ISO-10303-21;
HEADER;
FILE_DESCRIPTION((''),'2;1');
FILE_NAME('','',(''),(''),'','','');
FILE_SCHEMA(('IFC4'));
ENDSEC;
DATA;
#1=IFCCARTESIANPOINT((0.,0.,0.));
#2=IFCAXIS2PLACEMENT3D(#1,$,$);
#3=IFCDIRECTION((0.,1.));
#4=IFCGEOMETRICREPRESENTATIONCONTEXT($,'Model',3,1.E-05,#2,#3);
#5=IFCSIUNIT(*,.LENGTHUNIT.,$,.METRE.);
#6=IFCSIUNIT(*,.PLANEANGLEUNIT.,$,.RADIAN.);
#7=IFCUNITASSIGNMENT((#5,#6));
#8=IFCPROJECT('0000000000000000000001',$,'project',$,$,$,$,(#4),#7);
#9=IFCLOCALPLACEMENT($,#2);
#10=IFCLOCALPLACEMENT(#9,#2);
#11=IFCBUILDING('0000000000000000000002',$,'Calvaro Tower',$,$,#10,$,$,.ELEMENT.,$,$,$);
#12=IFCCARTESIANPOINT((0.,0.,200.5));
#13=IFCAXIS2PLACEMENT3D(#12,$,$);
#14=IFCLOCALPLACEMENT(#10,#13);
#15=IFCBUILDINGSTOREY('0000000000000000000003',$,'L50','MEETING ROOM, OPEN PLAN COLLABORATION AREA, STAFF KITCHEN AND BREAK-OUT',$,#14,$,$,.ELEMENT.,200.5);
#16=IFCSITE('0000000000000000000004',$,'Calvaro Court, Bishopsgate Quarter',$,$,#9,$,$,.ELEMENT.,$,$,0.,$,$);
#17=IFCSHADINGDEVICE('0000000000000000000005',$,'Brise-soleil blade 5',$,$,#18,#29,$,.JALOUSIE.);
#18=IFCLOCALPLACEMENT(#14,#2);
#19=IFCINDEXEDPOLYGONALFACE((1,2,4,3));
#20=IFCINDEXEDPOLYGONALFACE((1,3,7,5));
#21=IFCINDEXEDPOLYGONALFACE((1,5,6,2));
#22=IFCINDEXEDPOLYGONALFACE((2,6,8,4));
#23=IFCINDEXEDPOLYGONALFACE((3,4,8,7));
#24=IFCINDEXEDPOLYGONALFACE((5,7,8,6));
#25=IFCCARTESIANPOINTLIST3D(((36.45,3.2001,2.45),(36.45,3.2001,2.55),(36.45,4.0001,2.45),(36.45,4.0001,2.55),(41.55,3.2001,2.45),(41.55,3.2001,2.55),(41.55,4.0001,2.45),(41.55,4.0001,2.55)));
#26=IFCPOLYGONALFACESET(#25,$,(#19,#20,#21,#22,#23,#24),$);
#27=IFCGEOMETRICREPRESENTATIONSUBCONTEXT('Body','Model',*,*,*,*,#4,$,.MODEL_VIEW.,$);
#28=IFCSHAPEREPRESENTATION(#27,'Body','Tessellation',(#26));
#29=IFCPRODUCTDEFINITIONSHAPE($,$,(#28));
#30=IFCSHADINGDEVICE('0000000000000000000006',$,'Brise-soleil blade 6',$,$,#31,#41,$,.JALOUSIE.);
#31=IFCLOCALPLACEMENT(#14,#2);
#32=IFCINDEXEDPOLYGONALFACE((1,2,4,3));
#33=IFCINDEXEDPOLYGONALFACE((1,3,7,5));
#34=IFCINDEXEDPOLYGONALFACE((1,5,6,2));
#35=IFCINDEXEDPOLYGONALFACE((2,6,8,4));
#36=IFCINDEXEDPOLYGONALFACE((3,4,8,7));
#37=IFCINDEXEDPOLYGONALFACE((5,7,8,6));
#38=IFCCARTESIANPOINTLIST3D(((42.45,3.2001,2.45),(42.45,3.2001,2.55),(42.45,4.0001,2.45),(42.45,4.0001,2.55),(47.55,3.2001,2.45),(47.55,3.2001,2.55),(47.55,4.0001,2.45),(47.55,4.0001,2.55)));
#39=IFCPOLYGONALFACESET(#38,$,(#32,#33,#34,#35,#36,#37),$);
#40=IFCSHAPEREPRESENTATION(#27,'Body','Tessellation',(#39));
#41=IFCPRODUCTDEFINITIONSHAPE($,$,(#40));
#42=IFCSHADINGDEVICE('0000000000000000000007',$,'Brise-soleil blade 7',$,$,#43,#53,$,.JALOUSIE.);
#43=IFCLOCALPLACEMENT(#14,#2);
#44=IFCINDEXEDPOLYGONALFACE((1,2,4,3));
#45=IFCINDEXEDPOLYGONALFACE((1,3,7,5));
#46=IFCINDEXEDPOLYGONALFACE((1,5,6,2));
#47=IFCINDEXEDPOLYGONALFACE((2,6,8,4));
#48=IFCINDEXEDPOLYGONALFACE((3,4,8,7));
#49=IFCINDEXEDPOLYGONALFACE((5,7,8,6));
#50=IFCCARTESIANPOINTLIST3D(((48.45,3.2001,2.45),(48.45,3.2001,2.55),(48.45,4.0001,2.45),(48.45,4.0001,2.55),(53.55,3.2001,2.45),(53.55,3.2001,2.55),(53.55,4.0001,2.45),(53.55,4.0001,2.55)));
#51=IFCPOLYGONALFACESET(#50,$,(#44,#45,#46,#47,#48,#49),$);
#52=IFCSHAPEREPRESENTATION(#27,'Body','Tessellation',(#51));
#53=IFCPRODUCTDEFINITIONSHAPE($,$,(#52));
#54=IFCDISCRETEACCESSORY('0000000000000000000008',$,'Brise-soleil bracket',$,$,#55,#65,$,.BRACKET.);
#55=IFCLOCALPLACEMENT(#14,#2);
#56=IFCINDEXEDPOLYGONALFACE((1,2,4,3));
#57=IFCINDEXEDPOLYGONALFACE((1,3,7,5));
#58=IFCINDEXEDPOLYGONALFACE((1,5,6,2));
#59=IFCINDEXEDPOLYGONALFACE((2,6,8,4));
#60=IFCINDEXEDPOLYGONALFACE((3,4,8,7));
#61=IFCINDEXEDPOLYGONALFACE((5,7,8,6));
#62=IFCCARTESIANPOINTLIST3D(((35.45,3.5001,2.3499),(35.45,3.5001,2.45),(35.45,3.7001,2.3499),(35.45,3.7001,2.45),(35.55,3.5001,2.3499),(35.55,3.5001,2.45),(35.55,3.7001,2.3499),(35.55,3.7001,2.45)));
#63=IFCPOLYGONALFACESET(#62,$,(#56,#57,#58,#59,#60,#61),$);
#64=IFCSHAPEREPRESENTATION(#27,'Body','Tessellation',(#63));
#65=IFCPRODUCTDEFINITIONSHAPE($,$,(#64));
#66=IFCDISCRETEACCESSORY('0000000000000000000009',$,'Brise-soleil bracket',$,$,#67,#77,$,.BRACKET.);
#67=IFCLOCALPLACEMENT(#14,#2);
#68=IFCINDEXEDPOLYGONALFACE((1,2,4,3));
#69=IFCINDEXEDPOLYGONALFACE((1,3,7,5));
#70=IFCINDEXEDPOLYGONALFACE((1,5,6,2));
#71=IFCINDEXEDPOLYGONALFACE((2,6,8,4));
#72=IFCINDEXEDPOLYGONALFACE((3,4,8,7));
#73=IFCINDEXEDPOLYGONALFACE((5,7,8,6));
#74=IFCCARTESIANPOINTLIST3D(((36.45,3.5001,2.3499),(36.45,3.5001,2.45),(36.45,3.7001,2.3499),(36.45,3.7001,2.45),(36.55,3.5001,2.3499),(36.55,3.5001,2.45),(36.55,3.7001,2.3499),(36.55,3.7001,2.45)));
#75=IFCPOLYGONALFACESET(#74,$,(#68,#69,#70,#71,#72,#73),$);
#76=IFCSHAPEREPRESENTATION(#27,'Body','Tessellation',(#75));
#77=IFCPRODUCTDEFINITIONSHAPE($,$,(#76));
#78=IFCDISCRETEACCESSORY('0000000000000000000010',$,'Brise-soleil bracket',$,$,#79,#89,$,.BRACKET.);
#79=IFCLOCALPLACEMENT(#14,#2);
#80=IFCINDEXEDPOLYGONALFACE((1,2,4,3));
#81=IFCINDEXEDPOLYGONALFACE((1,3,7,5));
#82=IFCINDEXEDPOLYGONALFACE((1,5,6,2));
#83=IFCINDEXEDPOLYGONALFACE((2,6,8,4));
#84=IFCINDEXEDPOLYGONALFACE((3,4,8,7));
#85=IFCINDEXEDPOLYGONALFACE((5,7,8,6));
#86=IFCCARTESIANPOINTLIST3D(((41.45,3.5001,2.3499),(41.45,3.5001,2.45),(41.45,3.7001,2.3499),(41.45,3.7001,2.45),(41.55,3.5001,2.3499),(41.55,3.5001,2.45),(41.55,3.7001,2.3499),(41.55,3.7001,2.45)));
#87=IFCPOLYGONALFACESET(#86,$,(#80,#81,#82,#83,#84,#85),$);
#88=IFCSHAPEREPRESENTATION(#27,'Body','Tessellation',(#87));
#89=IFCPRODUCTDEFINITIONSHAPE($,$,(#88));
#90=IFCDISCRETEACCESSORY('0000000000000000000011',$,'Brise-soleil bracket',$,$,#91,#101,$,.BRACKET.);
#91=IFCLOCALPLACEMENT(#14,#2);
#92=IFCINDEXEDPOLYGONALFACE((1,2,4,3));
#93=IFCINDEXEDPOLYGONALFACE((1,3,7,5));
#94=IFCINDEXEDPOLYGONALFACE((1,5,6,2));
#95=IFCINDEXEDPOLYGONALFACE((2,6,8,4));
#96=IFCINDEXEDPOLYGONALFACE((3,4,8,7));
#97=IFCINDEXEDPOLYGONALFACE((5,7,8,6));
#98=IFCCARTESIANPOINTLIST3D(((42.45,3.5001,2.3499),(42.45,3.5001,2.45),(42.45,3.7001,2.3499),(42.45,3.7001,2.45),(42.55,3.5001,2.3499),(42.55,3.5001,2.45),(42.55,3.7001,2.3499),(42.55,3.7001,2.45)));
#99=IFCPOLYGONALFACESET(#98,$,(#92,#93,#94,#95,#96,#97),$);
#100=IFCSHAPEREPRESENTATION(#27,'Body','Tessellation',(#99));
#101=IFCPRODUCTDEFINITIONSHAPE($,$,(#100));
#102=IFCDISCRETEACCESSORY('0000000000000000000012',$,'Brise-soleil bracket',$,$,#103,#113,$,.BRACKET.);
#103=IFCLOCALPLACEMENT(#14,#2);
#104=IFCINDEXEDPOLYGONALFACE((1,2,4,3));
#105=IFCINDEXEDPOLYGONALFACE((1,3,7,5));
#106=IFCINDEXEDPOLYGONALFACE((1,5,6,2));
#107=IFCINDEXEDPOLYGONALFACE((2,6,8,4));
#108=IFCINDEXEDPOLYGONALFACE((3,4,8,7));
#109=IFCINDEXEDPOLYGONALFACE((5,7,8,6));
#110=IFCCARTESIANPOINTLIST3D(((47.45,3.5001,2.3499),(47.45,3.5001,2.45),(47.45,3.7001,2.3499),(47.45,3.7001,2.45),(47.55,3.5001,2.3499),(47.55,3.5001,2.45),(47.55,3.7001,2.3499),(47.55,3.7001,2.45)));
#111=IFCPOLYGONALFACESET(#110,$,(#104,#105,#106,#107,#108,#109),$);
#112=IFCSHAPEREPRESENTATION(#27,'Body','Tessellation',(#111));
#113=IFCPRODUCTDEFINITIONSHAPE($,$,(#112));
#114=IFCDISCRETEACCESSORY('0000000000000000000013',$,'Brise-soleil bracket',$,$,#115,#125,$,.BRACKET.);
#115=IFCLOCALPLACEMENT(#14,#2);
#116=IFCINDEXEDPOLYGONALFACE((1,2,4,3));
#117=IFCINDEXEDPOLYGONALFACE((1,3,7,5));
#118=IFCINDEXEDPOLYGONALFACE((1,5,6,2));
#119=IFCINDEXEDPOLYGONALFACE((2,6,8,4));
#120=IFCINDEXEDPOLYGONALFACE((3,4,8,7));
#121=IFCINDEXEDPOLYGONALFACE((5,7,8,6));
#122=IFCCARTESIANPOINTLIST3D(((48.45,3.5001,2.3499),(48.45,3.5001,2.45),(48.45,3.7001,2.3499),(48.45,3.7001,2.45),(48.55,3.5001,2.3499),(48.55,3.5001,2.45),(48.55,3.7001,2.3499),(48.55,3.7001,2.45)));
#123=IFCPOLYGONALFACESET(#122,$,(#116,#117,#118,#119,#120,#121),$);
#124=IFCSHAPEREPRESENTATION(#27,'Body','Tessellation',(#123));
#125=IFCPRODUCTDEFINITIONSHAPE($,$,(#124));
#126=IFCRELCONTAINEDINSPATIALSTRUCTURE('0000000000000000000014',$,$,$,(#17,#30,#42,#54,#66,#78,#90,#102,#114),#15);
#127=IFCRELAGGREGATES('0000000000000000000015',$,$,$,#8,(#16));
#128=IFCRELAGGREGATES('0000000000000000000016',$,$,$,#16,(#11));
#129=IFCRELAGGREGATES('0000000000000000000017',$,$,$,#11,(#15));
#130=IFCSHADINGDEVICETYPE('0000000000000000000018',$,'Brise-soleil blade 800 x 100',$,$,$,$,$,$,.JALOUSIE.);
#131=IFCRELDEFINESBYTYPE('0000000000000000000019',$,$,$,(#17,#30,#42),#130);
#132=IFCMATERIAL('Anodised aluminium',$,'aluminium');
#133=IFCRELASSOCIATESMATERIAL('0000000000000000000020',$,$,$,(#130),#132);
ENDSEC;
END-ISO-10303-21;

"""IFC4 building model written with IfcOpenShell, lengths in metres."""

from ifc_helpers import new_model, si_unit, direction, frame, origin, origin_2d, place, context, subcontext, project, spatial, rectangle, extrude, material, material_profile, profile_set, type_object, element, save


model = new_model("IFC4")

# Units and contexts
model_context = context("Model", 3, precision=1e-05, world=origin(), true_north=direction((0.0, 1.0)))
body_context = subcontext(model_context, "Body", "Model", "MODEL_VIEW")
ifc_project = project(units=[si_unit("LENGTHUNIT", "METRE"), si_unit("PLANEANGLEUNIT", "RADIAN")], contexts=[model_context])

# Site, building, storey
site_placement = place(None, origin())
site = spatial("IfcSite", under=ifc_project, at=site_placement, Name="Calvaro Court, Bishopsgate Quarter", CompositionType="ELEMENT", RefElevation=0.0)
building_placement = place(site_placement, origin())
building = spatial("IfcBuilding", under=site, at=building_placement, Name="Calvaro Tower", CompositionType="ELEMENT")
storey_placement = place(building_placement, frame((0.0, 0.0, 200.5)))
storey = spatial("IfcBuildingStorey", under=building, at=storey_placement, Name="L50", Description="MEETING ROOM, OPEN PLAN COLLABORATION AREA, STAFF KITCHEN AND BREAK-OUT", CompositionType="ELEMENT", Elevation=200.5)

# Shading devices
ifc_material_1 = material(Name="Anodised aluminium", Category="aluminium")
ifc_material_profile_1 = material_profile(ifc_material_1, rectangle(XDim=0.8, YDim=0.1001, at=origin_2d()), Name="Brise-soleil blade 800 x 100")
ifc_profile_set_1 = profile_set([ifc_material_profile_1], Name="Anodised aluminium")
shading_device_type = type_object("IfcShadingDeviceType", Name="Brise-soleil blade 800 x 100", PredefinedType="JALOUSIE", material=ifc_profile_set_1)
for number, where, z_axis, x_axis, name in (
    (1, (36.45, 3.6001, 2.5), (1.0, 0.0, 0.0), (0.0, 1.0, 0.0), "Brise-soleil blade 5"),
    (2, (42.45, 3.6001, 2.5), (1.0, 0.0, 0.0), (0.0, 1.0, 0.0), "Brise-soleil blade 6"),
    (3, (48.45, 3.6001, 2.5), (1.0, 0.0, 0.0), (0.0, 1.0, 0.0), "Brise-soleil blade 7"),
):
    element("IfcShadingDevice", number, at=place(storey_placement, frame(where, z_axis=z_axis, x_axis=x_axis)), inside=storey, type_object=shading_device_type, Name=name, PredefinedType="JALOUSIE", context=body_context, shape_type="SweptSolid", body=[
        extrude(rectangle(XDim=0.8, YDim=0.1001, at=origin_2d()), origin(), (0.0, 0.0, 1.0), 5.1001),
    ])

# Discrete accessories
for number, where, z_axis, x_axis, name in (
    (4, (35.5, 3.6001, 2.3499), (0.0, 0.0, 1.0), (1.0, 0.0, 0.0), "Brise-soleil bracket"),
    (5, (36.5, 3.6001, 2.3499), (0.0, 0.0, 1.0), (1.0, 0.0, 0.0), "Brise-soleil bracket"),
    (6, (41.5, 3.6001, 2.3499), (0.0, 0.0, 1.0), (1.0, 0.0, 0.0), "Brise-soleil bracket"),
    (7, (42.5, 3.6001, 2.3499), (0.0, 0.0, 1.0), (1.0, 0.0, 0.0), "Brise-soleil bracket"),
    (8, (47.5, 3.6001, 2.3499), (0.0, 0.0, 1.0), (1.0, 0.0, 0.0), "Brise-soleil bracket"),
    (9, (48.5, 3.6001, 2.3499), (0.0, 0.0, 1.0), (1.0, 0.0, 0.0), "Brise-soleil bracket"),
):
    element("IfcDiscreteAccessory", number, at=place(storey_placement, frame(where, z_axis=z_axis, x_axis=x_axis)), inside=storey, Name=name, PredefinedType="BRACKET", context=body_context, shape_type="SweptSolid", body=[
        extrude(rectangle(XDim=0.1001, YDim=0.2, at=origin_2d()), origin(), (0.0, 0.0, 1.0), 0.1001),
    ])

save(model, "model.ifc")
